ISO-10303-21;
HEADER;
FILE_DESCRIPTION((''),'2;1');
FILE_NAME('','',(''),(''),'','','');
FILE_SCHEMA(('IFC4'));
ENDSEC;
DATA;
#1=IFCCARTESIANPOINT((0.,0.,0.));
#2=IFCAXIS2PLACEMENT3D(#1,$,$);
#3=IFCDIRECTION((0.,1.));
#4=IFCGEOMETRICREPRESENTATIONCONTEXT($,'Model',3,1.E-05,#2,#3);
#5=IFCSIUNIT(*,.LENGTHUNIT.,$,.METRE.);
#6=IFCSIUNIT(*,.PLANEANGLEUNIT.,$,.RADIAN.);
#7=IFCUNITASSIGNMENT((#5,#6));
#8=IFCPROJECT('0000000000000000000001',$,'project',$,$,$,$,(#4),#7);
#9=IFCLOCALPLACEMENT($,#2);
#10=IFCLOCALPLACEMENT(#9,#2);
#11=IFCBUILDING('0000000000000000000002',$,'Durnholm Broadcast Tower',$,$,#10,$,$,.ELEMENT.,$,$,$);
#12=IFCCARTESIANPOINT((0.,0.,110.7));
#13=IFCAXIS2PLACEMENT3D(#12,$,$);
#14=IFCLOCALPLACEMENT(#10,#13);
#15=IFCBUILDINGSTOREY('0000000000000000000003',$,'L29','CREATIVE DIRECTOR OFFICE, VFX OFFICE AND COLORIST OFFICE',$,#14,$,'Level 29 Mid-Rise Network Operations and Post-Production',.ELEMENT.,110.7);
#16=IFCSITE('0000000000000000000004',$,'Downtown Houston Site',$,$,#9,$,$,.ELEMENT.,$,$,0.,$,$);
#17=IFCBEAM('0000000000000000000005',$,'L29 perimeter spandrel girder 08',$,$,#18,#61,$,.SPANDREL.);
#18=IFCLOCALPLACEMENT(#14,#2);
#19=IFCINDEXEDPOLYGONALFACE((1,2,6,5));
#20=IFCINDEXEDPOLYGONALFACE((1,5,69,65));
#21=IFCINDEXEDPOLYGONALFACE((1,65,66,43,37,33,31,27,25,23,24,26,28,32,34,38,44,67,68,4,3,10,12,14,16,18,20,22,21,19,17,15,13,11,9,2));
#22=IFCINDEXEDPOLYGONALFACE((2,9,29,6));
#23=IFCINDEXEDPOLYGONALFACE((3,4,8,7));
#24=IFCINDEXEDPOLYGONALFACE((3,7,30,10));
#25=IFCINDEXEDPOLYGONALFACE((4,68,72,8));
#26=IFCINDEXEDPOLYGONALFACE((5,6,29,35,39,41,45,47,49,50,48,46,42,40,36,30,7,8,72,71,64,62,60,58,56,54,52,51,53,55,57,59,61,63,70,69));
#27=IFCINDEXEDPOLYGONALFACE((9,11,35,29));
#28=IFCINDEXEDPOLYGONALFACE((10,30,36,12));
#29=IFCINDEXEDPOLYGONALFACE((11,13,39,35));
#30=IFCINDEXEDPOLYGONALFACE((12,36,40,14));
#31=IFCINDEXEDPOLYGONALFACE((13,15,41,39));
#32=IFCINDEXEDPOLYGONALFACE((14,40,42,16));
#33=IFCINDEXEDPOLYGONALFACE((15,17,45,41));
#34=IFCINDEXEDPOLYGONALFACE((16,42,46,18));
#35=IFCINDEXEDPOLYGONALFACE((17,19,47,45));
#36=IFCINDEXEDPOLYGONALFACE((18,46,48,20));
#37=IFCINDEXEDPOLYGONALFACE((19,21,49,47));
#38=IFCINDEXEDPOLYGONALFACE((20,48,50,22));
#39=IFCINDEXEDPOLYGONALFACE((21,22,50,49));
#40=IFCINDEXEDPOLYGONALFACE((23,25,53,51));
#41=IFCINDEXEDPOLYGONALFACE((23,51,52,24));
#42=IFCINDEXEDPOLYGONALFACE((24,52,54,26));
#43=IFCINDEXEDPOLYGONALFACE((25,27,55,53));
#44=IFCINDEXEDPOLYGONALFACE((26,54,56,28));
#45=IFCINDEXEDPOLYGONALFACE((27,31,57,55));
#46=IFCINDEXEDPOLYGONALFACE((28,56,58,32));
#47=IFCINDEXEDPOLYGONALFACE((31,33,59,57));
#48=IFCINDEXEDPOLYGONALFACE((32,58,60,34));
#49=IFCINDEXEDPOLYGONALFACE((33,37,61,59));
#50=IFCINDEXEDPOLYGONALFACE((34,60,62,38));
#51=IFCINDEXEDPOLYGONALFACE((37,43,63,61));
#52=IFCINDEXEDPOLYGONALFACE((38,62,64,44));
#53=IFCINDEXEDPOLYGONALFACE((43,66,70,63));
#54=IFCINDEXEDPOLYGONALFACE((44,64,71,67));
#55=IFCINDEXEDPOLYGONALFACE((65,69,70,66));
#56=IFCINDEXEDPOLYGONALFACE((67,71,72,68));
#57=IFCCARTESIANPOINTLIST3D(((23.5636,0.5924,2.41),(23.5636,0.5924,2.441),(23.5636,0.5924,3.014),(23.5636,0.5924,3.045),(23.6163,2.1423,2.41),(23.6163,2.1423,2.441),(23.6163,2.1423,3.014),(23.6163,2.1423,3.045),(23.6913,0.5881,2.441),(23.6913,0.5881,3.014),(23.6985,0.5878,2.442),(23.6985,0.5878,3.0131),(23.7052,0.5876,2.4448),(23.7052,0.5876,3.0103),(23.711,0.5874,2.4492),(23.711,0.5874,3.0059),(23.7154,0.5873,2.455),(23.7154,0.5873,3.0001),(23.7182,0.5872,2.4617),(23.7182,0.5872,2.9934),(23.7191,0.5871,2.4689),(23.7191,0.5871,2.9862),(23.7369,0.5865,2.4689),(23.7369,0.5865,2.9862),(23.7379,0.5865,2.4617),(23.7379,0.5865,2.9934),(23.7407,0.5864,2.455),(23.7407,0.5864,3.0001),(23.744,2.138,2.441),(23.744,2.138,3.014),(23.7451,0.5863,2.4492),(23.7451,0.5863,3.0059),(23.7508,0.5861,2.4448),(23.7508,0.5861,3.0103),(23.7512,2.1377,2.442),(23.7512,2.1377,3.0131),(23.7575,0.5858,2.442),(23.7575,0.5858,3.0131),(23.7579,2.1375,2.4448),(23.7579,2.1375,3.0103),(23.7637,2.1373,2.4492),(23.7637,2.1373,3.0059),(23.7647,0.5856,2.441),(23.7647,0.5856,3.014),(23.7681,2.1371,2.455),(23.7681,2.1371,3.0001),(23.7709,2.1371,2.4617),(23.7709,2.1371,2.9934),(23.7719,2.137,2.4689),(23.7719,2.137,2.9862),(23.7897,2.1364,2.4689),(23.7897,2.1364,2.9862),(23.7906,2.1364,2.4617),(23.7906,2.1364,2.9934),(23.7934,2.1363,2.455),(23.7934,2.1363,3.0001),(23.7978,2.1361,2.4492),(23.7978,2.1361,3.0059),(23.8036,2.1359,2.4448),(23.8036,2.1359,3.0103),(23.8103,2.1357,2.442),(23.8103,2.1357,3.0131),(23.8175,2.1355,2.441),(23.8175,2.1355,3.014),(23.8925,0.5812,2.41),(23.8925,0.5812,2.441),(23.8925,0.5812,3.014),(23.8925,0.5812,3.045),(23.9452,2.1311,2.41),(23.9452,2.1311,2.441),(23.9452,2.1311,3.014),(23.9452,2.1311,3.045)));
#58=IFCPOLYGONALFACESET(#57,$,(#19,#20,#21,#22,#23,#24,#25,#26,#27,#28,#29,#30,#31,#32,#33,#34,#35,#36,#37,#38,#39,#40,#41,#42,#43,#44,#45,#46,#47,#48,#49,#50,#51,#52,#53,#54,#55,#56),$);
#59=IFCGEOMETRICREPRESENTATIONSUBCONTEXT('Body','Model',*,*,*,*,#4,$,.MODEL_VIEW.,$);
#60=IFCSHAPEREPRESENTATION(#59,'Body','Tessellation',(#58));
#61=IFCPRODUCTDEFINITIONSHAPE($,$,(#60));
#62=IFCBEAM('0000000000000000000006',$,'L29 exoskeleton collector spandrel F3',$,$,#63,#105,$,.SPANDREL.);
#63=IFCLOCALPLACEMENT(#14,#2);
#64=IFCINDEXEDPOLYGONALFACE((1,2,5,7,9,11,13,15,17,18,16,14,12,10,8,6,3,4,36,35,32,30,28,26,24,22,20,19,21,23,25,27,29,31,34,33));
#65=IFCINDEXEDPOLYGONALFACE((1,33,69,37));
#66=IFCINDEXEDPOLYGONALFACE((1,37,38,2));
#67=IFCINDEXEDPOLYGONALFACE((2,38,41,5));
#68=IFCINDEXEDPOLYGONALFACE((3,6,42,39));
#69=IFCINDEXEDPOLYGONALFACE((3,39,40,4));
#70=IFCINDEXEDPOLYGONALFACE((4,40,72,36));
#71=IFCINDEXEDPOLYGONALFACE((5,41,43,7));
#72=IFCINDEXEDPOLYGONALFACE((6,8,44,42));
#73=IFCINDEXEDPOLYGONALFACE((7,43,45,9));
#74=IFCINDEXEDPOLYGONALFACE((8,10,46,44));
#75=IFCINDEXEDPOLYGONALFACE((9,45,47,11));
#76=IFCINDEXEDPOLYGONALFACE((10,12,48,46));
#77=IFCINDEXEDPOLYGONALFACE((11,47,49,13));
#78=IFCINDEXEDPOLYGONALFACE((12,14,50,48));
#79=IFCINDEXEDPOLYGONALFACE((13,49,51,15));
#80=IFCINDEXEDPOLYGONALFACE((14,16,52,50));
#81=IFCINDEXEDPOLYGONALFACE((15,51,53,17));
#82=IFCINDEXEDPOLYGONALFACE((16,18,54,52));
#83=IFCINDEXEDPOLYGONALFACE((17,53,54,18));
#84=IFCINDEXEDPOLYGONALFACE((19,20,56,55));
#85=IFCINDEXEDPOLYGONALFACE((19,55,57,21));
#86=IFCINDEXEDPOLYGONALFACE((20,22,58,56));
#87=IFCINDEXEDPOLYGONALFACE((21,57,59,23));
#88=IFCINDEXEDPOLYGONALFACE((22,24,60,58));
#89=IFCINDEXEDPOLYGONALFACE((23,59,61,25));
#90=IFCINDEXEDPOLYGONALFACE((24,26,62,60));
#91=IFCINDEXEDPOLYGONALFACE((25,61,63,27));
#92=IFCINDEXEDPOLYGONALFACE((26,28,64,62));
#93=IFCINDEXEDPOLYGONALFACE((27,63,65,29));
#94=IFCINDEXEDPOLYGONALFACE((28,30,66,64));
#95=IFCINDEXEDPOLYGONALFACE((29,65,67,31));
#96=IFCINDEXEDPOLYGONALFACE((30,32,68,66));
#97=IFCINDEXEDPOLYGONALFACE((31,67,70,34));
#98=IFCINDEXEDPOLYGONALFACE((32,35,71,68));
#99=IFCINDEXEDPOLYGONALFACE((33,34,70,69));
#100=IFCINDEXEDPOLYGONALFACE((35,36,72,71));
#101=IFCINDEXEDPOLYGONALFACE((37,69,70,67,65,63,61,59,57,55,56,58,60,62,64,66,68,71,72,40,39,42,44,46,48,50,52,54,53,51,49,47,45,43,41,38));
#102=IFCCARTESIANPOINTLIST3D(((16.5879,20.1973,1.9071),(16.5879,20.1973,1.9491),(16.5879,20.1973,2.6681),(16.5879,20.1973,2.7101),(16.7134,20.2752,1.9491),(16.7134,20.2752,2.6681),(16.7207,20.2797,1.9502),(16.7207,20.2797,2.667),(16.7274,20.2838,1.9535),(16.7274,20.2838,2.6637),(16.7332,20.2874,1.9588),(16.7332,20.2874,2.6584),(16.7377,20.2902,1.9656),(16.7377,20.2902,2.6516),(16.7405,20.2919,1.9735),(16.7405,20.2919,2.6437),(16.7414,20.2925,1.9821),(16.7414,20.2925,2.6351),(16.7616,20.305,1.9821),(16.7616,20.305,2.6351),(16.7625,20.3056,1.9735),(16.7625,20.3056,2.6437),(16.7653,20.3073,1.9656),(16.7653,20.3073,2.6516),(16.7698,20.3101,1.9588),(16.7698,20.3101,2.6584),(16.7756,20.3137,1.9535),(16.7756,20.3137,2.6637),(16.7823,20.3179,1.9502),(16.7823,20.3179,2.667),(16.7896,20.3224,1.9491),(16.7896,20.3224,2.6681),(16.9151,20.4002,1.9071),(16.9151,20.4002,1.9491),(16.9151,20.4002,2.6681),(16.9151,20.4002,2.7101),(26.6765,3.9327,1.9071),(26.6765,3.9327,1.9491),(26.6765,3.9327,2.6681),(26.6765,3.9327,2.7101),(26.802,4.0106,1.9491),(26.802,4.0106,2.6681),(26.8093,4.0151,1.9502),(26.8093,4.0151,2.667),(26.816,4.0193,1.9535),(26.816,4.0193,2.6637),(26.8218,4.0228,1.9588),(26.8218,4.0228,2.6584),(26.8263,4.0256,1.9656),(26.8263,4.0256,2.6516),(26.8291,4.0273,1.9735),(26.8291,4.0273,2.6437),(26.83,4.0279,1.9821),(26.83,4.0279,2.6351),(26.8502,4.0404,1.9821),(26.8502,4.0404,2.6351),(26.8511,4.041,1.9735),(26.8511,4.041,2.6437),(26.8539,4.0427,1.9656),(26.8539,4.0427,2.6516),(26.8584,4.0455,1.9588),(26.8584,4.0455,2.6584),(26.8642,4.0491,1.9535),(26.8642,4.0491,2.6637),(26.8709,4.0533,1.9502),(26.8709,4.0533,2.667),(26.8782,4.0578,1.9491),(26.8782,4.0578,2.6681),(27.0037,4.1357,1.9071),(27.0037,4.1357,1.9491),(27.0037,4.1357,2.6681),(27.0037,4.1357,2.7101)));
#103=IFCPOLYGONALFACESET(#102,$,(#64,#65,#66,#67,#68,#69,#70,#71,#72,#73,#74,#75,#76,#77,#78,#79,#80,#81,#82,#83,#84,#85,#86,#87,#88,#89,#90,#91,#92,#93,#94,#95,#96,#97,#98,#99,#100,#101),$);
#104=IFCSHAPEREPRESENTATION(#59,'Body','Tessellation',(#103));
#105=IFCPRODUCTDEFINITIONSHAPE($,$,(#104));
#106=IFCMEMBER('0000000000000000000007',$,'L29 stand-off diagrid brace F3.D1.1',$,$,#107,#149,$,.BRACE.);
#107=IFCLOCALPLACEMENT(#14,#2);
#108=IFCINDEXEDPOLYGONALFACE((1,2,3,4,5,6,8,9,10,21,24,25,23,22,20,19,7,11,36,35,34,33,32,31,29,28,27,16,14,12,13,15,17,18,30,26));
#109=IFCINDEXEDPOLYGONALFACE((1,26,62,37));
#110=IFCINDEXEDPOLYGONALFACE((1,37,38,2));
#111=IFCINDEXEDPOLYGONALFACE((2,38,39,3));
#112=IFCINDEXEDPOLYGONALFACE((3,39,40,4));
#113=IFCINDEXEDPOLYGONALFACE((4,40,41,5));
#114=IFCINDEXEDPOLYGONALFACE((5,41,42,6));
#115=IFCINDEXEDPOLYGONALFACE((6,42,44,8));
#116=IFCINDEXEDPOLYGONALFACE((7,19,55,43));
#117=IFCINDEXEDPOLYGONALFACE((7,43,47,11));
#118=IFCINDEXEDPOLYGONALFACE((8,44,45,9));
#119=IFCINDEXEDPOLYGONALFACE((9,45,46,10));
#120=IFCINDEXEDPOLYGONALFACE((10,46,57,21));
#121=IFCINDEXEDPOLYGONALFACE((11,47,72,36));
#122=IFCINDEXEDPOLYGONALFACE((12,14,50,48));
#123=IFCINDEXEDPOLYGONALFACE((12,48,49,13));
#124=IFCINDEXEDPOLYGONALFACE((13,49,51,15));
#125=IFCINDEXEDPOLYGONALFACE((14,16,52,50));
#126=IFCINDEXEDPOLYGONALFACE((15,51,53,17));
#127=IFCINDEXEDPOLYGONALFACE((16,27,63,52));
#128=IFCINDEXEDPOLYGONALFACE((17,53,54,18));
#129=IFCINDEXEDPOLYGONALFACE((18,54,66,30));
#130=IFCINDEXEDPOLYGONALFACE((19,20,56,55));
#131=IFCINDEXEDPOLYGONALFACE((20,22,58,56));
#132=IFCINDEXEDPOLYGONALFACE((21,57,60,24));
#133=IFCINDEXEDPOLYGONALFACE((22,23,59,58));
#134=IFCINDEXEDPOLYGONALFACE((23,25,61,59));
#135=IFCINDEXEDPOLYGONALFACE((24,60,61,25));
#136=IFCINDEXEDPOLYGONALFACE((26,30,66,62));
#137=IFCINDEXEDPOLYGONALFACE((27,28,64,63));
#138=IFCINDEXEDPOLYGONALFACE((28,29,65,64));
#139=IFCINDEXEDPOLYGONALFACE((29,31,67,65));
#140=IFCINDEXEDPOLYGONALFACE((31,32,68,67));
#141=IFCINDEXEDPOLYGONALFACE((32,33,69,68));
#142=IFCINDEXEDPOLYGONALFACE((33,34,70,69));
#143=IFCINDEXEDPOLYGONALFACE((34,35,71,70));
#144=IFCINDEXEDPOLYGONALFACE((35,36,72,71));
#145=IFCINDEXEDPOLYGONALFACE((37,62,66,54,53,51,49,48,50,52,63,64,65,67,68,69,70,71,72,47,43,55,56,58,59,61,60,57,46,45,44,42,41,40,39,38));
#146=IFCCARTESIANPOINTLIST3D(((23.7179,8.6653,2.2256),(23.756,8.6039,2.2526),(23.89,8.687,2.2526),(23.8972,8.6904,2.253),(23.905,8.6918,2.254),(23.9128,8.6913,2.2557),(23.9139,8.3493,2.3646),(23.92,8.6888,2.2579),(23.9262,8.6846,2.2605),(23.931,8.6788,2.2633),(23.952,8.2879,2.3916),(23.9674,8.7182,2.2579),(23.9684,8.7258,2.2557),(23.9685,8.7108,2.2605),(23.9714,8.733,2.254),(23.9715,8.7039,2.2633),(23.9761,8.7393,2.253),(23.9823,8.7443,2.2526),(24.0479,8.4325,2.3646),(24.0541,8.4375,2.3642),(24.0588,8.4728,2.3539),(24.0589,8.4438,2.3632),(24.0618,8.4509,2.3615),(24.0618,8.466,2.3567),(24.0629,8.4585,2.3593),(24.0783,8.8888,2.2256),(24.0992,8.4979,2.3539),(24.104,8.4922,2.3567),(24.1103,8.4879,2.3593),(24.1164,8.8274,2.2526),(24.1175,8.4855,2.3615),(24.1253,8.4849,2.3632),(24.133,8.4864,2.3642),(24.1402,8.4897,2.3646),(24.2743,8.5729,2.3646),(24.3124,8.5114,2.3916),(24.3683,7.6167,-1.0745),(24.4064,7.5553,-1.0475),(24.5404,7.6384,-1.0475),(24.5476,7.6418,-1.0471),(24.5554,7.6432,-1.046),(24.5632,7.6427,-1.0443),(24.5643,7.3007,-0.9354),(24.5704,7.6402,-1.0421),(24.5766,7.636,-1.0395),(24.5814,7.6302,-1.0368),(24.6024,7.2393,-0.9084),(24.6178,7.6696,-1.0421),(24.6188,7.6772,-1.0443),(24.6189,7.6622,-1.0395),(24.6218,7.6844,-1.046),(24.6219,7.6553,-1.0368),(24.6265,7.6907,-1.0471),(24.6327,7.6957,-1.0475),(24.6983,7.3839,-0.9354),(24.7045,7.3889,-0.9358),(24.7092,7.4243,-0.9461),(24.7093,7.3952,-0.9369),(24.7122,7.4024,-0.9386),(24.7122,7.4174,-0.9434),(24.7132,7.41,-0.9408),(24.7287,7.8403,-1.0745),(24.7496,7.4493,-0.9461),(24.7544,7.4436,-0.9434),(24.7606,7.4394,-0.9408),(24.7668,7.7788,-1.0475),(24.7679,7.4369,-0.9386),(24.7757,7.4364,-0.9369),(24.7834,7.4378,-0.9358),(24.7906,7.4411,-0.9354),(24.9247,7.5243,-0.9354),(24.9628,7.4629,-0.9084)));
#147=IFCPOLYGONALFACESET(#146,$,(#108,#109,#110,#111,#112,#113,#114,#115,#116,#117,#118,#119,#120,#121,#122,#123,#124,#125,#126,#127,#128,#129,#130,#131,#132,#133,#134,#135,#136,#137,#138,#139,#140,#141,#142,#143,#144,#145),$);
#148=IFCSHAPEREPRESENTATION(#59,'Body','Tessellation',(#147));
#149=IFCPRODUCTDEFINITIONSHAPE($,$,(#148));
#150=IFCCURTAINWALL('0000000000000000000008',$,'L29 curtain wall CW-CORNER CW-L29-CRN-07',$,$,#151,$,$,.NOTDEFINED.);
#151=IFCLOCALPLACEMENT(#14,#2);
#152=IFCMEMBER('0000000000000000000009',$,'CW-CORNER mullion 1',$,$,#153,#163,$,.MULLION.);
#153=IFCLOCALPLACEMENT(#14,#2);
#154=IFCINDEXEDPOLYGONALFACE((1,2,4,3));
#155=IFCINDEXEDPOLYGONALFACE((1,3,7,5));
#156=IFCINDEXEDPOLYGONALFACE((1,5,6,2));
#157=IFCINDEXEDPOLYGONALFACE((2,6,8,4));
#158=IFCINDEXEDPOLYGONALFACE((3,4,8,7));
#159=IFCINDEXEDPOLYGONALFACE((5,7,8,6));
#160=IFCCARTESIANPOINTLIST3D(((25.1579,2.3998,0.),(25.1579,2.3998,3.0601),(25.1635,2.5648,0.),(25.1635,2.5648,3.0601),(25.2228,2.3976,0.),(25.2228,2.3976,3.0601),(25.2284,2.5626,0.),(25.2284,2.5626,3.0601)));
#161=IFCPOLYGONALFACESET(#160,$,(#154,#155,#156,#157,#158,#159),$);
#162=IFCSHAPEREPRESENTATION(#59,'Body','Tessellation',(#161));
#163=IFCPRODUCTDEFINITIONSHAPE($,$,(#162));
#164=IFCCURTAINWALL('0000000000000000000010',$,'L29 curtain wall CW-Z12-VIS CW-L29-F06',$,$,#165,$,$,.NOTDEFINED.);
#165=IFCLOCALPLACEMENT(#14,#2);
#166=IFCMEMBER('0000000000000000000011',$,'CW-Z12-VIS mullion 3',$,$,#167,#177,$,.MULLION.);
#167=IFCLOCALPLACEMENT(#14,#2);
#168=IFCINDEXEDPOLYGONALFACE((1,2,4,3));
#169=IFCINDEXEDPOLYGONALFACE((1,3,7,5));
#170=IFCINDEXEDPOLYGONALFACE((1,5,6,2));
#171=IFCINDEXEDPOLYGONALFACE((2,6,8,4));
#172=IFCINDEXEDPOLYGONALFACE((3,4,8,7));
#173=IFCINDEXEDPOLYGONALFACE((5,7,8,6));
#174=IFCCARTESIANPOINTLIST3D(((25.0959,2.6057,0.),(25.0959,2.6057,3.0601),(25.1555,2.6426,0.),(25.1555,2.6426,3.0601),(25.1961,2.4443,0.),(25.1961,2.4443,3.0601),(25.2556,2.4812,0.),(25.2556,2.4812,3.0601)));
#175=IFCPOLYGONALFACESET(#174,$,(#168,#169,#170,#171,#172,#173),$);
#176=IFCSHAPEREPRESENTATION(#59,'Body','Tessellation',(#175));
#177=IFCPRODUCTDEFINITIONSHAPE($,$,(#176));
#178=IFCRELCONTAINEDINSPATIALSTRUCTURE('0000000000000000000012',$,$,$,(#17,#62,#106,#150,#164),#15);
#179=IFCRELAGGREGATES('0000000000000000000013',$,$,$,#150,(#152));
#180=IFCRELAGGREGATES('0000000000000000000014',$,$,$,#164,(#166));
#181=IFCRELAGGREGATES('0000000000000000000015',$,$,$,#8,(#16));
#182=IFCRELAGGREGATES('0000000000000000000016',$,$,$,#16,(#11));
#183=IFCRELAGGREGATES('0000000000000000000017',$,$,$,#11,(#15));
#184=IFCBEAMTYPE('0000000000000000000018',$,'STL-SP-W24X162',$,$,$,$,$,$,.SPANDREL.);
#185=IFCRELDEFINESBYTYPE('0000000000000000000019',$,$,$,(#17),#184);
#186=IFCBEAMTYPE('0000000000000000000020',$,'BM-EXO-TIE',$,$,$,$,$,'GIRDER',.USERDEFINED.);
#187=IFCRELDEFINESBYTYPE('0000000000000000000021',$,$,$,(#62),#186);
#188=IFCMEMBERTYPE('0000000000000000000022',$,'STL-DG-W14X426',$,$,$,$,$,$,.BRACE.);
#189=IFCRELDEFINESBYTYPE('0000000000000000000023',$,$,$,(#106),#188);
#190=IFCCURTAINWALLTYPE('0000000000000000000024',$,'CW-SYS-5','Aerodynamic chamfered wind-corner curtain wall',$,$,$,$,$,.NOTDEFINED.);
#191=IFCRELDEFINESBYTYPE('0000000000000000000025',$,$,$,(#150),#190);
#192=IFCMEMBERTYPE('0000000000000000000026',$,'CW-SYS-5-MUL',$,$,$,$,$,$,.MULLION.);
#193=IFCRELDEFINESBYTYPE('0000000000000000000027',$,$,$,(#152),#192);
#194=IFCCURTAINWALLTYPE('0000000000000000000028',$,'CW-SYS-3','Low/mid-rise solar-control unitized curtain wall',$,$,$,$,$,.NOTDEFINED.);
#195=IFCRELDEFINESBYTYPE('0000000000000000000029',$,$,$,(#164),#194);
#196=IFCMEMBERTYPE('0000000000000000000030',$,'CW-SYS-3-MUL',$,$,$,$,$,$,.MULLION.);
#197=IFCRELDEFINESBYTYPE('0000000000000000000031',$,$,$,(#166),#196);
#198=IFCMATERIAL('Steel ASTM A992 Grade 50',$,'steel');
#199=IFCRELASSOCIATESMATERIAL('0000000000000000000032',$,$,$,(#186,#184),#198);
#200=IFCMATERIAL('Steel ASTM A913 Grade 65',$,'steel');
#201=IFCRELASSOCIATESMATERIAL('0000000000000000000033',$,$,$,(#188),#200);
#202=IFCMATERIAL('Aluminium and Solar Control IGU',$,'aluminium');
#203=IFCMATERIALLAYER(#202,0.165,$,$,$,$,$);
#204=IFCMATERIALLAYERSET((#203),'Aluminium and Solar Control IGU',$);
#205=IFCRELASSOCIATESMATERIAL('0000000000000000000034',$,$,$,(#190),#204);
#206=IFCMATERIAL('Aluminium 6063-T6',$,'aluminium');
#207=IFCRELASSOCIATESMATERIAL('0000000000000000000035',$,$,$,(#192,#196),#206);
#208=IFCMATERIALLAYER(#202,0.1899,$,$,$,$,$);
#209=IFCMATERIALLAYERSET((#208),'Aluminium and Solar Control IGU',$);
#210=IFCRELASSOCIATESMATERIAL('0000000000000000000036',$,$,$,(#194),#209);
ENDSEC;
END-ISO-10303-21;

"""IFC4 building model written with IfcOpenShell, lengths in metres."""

from ifc_helpers import new_model, si_unit, direction, frame, origin, origin_2d, place, context, subcontext, project, spatial, rectangle, i_section, extrude, source, transform, mapped, material, layer, layer_set, material_profile, profile_set, type_object, type_shapes, element, aggregate, save


model = new_model("IFC4")

# Units and contexts
model_context = context("Model", 3, precision=1e-05, world=origin(), true_north=direction((0.0, 1.0)))
body_context = subcontext(model_context, "Body", "Model", "MODEL_VIEW")
ifc_project = project(units=[si_unit("LENGTHUNIT", "METRE"), si_unit("PLANEANGLEUNIT", "RADIAN")], contexts=[model_context])

# Site, building, storey
site_placement = place(None, origin())
site = spatial("IfcSite", under=ifc_project, at=site_placement, Name="Downtown Houston Site", CompositionType="ELEMENT", RefElevation=0.0)
building_placement = place(site_placement, origin())
building = spatial("IfcBuilding", under=site, at=building_placement, Name="Durnholm Broadcast Tower", CompositionType="ELEMENT")
storey_placement = place(building_placement, frame((0.0, 0.0, 110.7)))
storey = spatial("IfcBuildingStorey", under=building, at=storey_placement, Name="L29", Description="CREATIVE DIRECTOR OFFICE, VFX OFFICE AND COLORIST OFFICE", LongName="Level 29 Mid-Rise Network Operations and Post-Production", CompositionType="ELEMENT", Elevation=110.7)

# Beams
ifc_material_1 = material(Name="Steel ASTM A992 Grade 50", Category="steel")
ifc_material_profile_1 = material_profile(ifc_material_1, i_section(OverallWidth=0.385, OverallDepth=0.803, WebThickness=0.0237, FlangeThickness=0.042, FilletRadius=0.033, at=origin_2d()), Name="W30X261")
ifc_profile_set_1 = profile_set([ifc_material_profile_1], Name="Steel ASTM A992 Grade 50")
beam_type_1 = type_object("IfcBeamType", Name="BM-EXO-TIE", ElementType="GIRDER", PredefinedType="USERDEFINED", material=ifc_profile_set_1)
ifc_material_profile_2 = material_profile(ifc_material_1, i_section(OverallWidth=0.3291, OverallDepth=0.635, WebThickness=0.0178, FlangeThickness=0.031, FilletRadius=0.0278, at=origin_2d()), Name="W24X162")
ifc_profile_set_2 = profile_set([ifc_material_profile_2], Name="Steel ASTM A992 Grade 50")
beam_type_2 = type_object("IfcBeamType", Name="STL-SP-W24X162", PredefinedType="SPANDREL", material=ifc_profile_set_2)
shared_shape_1 = source(origin(), body_context, "Body", "SweptSolid", [
    extrude(i_section(OverallWidth=0.3291, OverallDepth=0.635, WebThickness=0.0178, FlangeThickness=0.031, FilletRadius=0.0278, at=origin_2d()), origin(), (0.0, 0.0, 1.0), 1.5508),
])
beam_1_placement = place(storey_placement, frame((23.7808, 2.1367, 2.7275), z_axis=(-0.034007, -0.999422, 0.0), x_axis=(0.999422, -0.034007, 0.0)))
element("IfcBeam", 1, at=beam_1_placement, inside=storey, type_object=beam_type_2, Name="L29 perimeter spandrel girder 08", PredefinedType="SPANDREL", context=body_context, shape_type="MappedRepresentation", body=[
    mapped(shared_shape_1, transform((0.0, 0.0, 0.0), x_axis=(1.0, 0.0, 0.0), y_axis=(0.0, 1.0, 0.0), z_axis=(0.0, 0.0, 1.0), scale=1.0)),
])
shared_shape_2 = source(origin(), body_context, "Body", "SweptSolid", [
    extrude(i_section(OverallWidth=0.385, OverallDepth=0.803, WebThickness=0.0237, FlangeThickness=0.042, FilletRadius=0.033, at=origin_2d()), origin(), (0.0, 0.0, 1.0), 19.1394),
])
beam_2_placement = place(storey_placement, frame((26.8401, 4.0342, 2.3086), z_axis=(-0.527111, 0.849796, 0.0), x_axis=(-0.849796, -0.527111, 0.0)))
element("IfcBeam", 2, at=beam_2_placement, inside=storey, type_object=beam_type_1, Name="L29 exoskeleton collector spandrel F3", PredefinedType="SPANDREL", context=body_context, shape_type="MappedRepresentation", body=[
    mapped(shared_shape_2, transform((0.0, 0.0, 0.0), x_axis=(1.0, 0.0, 0.0), y_axis=(0.0, 1.0, 0.0), z_axis=(0.0, 0.0, 1.0), scale=1.0)),
])

# Member
ifc_material_2 = material(Name="Steel ASTM A913 Grade 65", Category="steel")
ifc_material_profile_3 = material_profile(ifc_material_2, i_section(OverallWidth=0.4241, OverallDepth=0.4741, WebThickness=0.0476, FlangeThickness=0.0771, FilletRadius=0.0305, at=origin_2d()), Name="W14X426")
ifc_profile_set_3 = profile_set([ifc_material_profile_3], Name="Steel ASTM A913 Grade 65")
member_type_1 = type_object("IfcMemberType", Name="STL-DG-W14X426", PredefinedType="BRACE", material=ifc_profile_set_3)
shared_shape_3 = source(origin(), body_context, "Body", "SweptSolid", [
    extrude(i_section(OverallWidth=0.4241, OverallDepth=0.4741, WebThickness=0.0476, FlangeThickness=0.0771, FilletRadius=0.0305, at=origin_2d()), origin(), (0.0, 0.0, 1.0), 3.5232),
])
type_shapes(member_type_1, [shared_shape_3])
member_1_placement = place(storey_placement, frame((24.6655, 7.5398, -0.9915), z_axis=(-0.184603, 0.297624, 0.936665), x_axis=(-0.849805, -0.527097, 0.0)))
element("IfcMember", 3, at=member_1_placement, inside=storey, type_object=member_type_1, Name="L29 stand-off diagrid brace F3.D1.1", PredefinedType="BRACE", context=body_context, shape_type="MappedRepresentation", body=[
    mapped(shared_shape_3, transform((0.0, 0.0, 0.0), x_axis=(1.0, 0.0, 0.0), y_axis=(0.0, 1.0, 0.0), z_axis=(0.0, 0.0, 1.0), scale=1.0)),
])

# Curtain walls, members
ifc_material_3 = material(Name="Aluminium and Solar Control IGU", Category="aluminium")
ifc_layer_1 = layer(ifc_material_3, 0.165)
ifc_layer_set_1 = layer_set([ifc_layer_1], Name="Aluminium and Solar Control IGU")
curtain_wall_type_1 = type_object("IfcCurtainWallType", Name="CW-SYS-5", Description="Aerodynamic chamfered wind-corner curtain wall", PredefinedType="NOTDEFINED", material=ifc_layer_set_1)
curtain_wall_1_placement = place(storey_placement, origin())
curtain_wall_1 = element("IfcCurtainWall", 4, at=curtain_wall_1_placement, inside=storey, type_object=curtain_wall_type_1, Name="L29 curtain wall CW-CORNER CW-L29-CRN-07", PredefinedType="NOTDEFINED")
ifc_material_4 = material(Name="Aluminium 6063-T6", Category="aluminium")
ifc_material_profile_4 = material_profile(ifc_material_4, rectangle(XDim=0.0649, YDim=0.165, at=origin_2d()), Name="CWM65X165")
ifc_profile_set_4 = profile_set([ifc_material_profile_4], Name="Aluminium 6063-T6")
member_type_2 = type_object("IfcMemberType", Name="CW-SYS-5-MUL", PredefinedType="MULLION", material=ifc_profile_set_4)
shared_shape_4 = source(origin(), body_context, "Body", "SweptSolid", [
    extrude(rectangle(XDim=0.0649, YDim=0.165, at=origin_2d()), origin(), (0.0, 0.0, 1.0), 3.0601),
])
type_shapes(member_type_2, [shared_shape_4])
member_2_placement = place(storey_placement, frame((25.1931, 2.4812, 0.0), z_axis=(0.0, 0.0, 1.0), x_axis=(0.999425, -0.033917, 0.0)))
member_2 = element("IfcMember", 5, at=member_2_placement, type_object=member_type_2, Name="CW-CORNER mullion 1", PredefinedType="MULLION", context=body_context, shape_type="MappedRepresentation", body=[
    mapped(shared_shape_4, transform((0.0, 0.0, 0.0), x_axis=(1.0, 0.0, 0.0), y_axis=(0.0, 1.0, 0.0), z_axis=(0.0, 0.0, 1.0), scale=1.0)),
])
ifc_layer_2 = layer(ifc_material_3, 0.1899)
ifc_layer_set_2 = layer_set([ifc_layer_2], Name="Aluminium and Solar Control IGU")
curtain_wall_type_2 = type_object("IfcCurtainWallType", Name="CW-SYS-3", Description="Low/mid-rise solar-control unitized curtain wall", PredefinedType="NOTDEFINED", material=ifc_layer_set_2)
curtain_wall_2_placement = place(storey_placement, origin())
curtain_wall_2 = element("IfcCurtainWall", 6, at=curtain_wall_2_placement, inside=storey, type_object=curtain_wall_type_2, Name="L29 curtain wall CW-Z12-VIS CW-L29-F06", PredefinedType="NOTDEFINED")
ifc_material_profile_5 = material_profile(ifc_material_4, rectangle(XDim=0.0701, YDim=0.1899, at=origin_2d()), Name="CWM70X190")
ifc_profile_set_5 = profile_set([ifc_material_profile_5], Name="Aluminium 6063-T6")
member_type_3 = type_object("IfcMemberType", Name="CW-SYS-3-MUL", PredefinedType="MULLION", material=ifc_profile_set_5)
shared_shape_5 = source(origin(), body_context, "Body", "SweptSolid", [
    extrude(rectangle(XDim=0.0701, YDim=0.1899, at=origin_2d()), origin(), (0.0, 0.0, 1.0), 3.0601),
])
type_shapes(member_type_3, [shared_shape_5])
member_3_placement = place(storey_placement, frame((25.1758, 2.5435, 0.0), z_axis=(0.0, 0.0, 1.0), x_axis=(0.8498, 0.527105, 0.0)))
member_3 = element("IfcMember", 7, at=member_3_placement, type_object=member_type_3, Name="CW-Z12-VIS mullion 3", PredefinedType="MULLION", context=body_context, shape_type="MappedRepresentation", body=[
    mapped(shared_shape_5, transform((0.0, 0.0, 0.0), x_axis=(1.0, 0.0, 0.0), y_axis=(0.0, 1.0, 0.0), z_axis=(0.0, 0.0, 1.0), scale=1.0)),
])

aggregate(curtain_wall_1, [member_2])
aggregate(curtain_wall_2, [member_3])

save(model, "model.ifc")
